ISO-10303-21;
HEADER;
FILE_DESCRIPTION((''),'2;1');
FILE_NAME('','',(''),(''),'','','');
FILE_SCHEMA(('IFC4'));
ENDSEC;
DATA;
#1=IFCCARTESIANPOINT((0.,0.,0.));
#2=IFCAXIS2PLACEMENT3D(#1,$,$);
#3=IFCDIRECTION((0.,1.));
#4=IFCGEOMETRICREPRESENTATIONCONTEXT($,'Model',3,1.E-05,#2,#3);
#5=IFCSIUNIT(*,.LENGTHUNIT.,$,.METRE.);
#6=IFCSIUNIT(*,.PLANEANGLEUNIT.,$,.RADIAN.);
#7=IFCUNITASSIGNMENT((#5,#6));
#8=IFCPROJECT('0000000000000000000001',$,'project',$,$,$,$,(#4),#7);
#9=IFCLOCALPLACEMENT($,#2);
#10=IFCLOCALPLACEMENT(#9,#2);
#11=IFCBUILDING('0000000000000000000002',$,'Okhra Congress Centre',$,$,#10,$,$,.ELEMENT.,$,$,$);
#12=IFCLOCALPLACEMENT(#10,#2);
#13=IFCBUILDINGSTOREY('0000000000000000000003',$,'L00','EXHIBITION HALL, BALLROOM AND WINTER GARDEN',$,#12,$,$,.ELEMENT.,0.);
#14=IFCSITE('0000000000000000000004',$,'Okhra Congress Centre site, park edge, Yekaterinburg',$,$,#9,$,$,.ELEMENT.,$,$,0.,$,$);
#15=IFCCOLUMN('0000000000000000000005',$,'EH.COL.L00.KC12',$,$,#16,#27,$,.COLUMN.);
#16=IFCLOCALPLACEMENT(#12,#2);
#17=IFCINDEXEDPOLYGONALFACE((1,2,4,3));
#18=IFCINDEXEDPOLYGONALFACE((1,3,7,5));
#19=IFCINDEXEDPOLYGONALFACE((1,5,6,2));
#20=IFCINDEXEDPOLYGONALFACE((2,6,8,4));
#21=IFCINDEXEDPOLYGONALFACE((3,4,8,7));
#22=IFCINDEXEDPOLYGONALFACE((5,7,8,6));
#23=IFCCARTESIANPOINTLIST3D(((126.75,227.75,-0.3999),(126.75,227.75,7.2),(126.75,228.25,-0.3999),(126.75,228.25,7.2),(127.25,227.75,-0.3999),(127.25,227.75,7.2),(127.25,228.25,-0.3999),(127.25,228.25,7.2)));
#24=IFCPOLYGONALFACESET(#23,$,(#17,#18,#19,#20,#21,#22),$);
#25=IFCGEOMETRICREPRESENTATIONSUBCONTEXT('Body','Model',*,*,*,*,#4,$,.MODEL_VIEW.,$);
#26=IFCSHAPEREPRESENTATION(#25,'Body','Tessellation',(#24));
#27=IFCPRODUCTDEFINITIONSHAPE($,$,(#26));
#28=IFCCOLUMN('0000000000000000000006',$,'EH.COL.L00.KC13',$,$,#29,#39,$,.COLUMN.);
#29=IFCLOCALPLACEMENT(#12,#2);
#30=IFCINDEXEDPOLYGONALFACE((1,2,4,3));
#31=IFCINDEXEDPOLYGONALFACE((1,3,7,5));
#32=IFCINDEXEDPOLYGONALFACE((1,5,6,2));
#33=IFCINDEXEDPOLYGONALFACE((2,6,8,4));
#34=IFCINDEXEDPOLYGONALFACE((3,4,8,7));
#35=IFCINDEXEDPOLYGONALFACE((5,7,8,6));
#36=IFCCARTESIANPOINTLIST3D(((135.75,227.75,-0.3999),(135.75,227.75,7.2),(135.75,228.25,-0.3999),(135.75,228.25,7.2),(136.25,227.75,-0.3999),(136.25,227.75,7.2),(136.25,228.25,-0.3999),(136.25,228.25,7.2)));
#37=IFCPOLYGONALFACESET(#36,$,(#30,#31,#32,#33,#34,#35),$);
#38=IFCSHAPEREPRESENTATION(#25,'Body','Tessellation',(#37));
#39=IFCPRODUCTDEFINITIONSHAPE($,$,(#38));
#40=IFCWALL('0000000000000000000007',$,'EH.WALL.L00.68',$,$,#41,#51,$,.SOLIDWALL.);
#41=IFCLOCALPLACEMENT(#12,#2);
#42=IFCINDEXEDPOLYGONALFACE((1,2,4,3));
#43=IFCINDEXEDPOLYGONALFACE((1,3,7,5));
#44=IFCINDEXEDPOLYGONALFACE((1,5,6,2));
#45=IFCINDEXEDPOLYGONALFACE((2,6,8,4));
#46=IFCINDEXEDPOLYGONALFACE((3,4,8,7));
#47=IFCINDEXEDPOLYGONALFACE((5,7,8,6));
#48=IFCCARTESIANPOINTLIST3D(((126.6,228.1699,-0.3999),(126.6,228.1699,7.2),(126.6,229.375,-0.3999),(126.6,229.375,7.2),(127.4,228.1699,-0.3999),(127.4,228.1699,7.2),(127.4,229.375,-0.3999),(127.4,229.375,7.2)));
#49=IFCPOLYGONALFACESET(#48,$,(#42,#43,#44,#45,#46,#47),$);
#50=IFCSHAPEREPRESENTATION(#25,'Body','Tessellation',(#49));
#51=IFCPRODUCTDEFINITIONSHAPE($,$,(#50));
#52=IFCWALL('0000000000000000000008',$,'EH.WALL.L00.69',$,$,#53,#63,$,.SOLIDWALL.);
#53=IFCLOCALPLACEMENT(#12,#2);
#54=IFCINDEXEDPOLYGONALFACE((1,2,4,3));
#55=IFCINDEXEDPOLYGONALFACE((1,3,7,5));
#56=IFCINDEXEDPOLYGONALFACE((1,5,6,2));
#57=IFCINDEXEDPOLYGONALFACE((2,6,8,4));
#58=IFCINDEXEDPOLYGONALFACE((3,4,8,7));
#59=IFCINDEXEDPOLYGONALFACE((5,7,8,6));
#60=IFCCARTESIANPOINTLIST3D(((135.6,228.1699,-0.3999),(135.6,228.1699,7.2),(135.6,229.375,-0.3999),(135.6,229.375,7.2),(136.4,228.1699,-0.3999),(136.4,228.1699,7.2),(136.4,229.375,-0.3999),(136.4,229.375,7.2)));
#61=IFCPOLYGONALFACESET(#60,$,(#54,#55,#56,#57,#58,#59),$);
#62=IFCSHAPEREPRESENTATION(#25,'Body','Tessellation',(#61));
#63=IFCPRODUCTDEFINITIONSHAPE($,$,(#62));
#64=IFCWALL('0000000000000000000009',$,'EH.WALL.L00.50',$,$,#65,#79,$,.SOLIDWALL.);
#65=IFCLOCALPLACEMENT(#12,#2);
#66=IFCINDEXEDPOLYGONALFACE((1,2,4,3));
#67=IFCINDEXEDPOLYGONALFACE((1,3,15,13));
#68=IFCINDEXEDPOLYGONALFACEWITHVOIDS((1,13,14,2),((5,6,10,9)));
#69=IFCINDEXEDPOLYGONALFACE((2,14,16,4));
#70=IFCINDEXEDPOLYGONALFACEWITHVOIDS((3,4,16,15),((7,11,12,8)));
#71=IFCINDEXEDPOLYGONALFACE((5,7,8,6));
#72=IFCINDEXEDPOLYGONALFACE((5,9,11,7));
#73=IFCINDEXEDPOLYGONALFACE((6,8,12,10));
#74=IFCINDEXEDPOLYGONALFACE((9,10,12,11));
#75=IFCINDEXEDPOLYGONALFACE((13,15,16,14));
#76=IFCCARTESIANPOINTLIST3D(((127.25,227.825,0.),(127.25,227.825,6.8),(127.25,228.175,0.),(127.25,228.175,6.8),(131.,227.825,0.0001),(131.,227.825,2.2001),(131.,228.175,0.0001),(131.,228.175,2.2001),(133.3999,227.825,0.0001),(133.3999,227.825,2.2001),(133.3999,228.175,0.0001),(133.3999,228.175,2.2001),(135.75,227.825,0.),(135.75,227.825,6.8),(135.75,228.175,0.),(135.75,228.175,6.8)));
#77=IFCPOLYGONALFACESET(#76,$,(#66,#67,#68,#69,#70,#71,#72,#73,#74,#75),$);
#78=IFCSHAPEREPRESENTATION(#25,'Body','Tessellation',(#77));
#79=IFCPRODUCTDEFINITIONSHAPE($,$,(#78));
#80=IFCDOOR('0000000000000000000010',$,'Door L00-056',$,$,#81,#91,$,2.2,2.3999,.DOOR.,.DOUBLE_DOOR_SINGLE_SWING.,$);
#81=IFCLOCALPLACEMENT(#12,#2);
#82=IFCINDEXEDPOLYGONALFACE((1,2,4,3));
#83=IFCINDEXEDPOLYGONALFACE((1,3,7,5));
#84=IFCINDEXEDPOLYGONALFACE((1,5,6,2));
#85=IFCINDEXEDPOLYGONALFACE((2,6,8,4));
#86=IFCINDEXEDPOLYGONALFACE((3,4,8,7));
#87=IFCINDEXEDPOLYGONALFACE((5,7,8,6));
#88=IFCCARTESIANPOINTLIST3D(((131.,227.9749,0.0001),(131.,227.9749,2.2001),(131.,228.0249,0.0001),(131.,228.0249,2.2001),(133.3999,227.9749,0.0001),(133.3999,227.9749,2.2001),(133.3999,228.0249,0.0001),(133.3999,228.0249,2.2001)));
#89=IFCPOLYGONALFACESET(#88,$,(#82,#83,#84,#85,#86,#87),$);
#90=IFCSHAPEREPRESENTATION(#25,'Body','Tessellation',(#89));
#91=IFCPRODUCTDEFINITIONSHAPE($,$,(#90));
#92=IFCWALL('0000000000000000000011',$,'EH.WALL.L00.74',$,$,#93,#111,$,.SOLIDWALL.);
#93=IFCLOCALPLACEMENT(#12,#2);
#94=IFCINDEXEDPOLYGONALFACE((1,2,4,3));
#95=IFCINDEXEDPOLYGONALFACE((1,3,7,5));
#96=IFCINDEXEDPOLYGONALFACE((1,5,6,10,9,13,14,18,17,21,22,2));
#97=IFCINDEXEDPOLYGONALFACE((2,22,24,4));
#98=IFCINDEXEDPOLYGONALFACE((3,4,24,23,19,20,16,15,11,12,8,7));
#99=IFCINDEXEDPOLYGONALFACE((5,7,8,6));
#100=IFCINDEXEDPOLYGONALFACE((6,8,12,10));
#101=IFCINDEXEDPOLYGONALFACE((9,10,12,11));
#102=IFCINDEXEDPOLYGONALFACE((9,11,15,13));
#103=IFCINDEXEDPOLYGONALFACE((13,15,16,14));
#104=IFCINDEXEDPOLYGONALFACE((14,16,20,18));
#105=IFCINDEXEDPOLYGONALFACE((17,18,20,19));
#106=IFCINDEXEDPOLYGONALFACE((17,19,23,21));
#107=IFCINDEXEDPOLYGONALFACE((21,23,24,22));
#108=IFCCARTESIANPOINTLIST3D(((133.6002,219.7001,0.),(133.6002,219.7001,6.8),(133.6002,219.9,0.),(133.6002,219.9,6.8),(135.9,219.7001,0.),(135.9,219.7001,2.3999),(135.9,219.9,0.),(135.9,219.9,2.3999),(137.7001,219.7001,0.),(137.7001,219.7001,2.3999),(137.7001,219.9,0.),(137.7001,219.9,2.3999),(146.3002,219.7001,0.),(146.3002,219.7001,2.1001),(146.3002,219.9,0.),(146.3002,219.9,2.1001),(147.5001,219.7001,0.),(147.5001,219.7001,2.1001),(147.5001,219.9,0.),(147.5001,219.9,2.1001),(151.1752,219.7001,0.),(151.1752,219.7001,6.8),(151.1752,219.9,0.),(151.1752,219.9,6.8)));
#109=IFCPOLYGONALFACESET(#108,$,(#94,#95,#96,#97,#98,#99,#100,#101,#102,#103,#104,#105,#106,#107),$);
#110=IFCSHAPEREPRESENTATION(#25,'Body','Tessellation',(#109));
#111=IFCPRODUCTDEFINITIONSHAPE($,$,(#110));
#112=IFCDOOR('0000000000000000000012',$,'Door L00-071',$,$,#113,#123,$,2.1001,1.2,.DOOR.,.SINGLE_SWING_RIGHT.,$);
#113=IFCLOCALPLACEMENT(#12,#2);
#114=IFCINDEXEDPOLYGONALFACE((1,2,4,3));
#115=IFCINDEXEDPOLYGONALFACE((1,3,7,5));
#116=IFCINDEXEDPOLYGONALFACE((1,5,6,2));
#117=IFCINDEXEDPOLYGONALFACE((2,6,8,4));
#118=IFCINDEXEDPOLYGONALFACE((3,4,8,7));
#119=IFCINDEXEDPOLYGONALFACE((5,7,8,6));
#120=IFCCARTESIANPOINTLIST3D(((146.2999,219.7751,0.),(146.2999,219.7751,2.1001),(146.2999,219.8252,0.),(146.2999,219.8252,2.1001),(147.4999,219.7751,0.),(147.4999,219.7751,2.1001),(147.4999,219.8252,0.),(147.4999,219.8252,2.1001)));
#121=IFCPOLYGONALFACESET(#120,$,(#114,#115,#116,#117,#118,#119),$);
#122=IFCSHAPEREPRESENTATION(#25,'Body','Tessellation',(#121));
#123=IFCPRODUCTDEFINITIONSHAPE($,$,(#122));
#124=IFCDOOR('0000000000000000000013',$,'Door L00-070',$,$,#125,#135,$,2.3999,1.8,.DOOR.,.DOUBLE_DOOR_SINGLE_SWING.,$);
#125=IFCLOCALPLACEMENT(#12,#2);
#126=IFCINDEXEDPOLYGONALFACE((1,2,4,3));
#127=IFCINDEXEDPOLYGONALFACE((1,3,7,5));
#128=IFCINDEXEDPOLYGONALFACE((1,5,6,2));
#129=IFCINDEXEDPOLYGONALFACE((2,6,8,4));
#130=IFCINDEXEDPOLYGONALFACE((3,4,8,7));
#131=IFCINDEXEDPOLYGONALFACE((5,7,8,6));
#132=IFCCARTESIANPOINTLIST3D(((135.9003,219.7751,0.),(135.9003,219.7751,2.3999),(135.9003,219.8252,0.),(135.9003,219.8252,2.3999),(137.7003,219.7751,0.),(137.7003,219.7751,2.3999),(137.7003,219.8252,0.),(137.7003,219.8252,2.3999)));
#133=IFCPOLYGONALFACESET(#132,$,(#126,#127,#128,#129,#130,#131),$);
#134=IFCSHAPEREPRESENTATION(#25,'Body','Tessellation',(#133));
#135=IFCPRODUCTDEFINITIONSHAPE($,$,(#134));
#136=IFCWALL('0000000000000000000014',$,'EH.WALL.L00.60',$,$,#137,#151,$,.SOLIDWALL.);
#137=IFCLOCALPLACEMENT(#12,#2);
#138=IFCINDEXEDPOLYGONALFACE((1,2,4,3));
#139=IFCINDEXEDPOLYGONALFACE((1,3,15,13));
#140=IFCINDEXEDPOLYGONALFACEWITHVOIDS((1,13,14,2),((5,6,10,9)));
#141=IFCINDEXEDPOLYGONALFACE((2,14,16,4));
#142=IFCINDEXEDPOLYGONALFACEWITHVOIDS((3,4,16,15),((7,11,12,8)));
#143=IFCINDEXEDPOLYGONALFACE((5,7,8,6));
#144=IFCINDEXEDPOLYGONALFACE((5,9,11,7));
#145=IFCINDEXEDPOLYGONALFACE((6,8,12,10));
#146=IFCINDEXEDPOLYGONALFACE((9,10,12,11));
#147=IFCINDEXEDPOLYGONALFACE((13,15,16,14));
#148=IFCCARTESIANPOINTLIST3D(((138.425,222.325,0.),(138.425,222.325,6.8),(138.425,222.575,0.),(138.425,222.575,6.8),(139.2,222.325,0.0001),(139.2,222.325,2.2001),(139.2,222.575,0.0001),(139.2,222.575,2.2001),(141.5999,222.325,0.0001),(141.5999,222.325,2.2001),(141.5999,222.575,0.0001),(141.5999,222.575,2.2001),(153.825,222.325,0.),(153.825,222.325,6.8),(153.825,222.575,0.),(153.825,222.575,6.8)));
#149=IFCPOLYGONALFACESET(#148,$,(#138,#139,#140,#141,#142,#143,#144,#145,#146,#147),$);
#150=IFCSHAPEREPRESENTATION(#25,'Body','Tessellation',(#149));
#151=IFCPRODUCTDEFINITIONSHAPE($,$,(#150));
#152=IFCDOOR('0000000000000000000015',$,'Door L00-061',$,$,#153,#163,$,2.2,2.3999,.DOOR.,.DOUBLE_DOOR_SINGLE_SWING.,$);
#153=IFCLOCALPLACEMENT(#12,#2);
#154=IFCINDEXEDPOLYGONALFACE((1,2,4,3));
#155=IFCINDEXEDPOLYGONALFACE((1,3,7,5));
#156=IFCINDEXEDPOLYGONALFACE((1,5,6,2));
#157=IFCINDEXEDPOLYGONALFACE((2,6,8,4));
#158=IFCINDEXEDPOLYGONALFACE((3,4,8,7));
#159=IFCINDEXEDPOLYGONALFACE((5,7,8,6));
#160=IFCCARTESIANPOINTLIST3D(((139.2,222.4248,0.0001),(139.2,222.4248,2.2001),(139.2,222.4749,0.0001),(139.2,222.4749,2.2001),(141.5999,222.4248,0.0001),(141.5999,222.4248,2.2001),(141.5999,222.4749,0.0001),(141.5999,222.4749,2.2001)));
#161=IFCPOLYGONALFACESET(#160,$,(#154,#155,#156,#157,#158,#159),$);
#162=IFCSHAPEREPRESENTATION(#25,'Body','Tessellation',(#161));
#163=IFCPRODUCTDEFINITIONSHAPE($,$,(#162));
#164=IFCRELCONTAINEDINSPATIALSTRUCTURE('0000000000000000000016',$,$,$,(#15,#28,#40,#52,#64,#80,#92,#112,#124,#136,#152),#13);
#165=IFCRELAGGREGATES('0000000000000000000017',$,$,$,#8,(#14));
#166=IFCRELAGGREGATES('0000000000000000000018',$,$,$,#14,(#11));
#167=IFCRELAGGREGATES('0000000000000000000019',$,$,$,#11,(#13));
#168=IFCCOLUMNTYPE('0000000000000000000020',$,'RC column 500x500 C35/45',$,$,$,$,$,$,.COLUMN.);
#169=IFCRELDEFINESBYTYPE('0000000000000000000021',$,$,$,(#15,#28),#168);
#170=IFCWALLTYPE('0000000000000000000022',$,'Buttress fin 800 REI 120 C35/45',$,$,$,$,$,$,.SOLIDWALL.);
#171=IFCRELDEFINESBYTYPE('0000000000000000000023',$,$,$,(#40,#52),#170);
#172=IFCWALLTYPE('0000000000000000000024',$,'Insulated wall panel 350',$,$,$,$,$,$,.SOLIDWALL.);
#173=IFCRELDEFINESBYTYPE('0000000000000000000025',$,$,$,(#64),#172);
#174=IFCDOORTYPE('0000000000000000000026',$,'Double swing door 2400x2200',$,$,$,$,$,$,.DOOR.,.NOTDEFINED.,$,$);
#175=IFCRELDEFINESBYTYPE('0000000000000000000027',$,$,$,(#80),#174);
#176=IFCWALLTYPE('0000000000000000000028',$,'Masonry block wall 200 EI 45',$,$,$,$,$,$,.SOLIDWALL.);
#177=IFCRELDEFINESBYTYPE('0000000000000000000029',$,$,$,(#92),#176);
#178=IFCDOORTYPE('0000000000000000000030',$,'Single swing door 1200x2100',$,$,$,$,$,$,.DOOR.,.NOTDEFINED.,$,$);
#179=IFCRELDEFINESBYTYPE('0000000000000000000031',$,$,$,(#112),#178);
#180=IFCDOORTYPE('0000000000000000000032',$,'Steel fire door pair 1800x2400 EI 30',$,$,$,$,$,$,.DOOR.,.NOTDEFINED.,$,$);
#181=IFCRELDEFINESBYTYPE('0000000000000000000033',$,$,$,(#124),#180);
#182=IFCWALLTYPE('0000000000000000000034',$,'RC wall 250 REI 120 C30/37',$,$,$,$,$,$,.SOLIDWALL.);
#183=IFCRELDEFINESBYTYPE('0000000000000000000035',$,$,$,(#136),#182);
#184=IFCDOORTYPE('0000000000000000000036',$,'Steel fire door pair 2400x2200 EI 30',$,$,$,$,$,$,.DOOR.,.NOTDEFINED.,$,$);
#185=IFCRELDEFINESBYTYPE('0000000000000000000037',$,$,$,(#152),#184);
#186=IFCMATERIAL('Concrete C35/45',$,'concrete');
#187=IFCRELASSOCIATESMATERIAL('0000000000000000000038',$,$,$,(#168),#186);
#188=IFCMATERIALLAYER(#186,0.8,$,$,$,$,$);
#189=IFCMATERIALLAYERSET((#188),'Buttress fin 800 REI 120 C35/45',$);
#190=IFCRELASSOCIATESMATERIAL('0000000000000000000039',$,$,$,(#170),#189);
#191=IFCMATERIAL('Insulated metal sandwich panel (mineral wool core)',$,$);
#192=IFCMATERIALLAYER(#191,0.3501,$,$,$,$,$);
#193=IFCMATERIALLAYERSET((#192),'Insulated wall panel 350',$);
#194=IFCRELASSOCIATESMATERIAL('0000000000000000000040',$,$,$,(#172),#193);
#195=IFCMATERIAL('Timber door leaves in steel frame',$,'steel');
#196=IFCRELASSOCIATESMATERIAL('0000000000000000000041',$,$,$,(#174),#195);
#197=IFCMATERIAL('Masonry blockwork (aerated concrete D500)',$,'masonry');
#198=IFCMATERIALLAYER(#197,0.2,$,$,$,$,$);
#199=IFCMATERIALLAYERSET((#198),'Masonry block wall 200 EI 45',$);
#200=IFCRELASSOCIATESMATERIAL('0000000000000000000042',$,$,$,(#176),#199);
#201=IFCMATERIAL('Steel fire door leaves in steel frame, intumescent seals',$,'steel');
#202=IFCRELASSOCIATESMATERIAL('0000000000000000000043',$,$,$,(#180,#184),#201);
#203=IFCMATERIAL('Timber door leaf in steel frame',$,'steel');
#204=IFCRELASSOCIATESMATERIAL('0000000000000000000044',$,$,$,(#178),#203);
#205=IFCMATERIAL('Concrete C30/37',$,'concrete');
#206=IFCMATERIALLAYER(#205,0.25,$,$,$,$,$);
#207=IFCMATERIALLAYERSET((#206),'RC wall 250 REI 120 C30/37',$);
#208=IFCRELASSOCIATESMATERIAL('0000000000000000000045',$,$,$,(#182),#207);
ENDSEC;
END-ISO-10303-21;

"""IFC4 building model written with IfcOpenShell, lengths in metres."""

from ifc_helpers import new_model, si_unit, direction, frame, frame_2d, origin, origin_2d, place, context, subcontext, project, spatial, rectangle, extrude, material, layer, layer_set, material_profile, profile_set, type_object, element, fill, save


model = new_model("IFC4")

# Units and contexts
model_context = context("Model", 3, precision=1e-05, world=origin(), true_north=direction((0.0, 1.0)))
body_context = subcontext(model_context, "Body", "Model", "MODEL_VIEW")
ifc_project = project(units=[si_unit("LENGTHUNIT", "METRE"), si_unit("PLANEANGLEUNIT", "RADIAN")], contexts=[model_context])

# Site, building, storey
site_placement = place(None, origin())
site = spatial("IfcSite", under=ifc_project, at=site_placement, Name="Okhra Congress Centre site, park edge, Yekaterinburg", CompositionType="ELEMENT", RefElevation=0.0)
building_placement = place(site_placement, origin())
building = spatial("IfcBuilding", under=site, at=building_placement, Name="Okhra Congress Centre", CompositionType="ELEMENT")
storey_placement = place(building_placement, origin())
storey = spatial("IfcBuildingStorey", under=building, at=storey_placement, Name="L00", Description="EXHIBITION HALL, BALLROOM AND WINTER GARDEN", CompositionType="ELEMENT", Elevation=0.0)

# Shared definitions
ifc_material_1 = material(Name="Concrete C30/37", Category="concrete")

# Columns
ifc_material_2 = material(Name="Concrete C35/45", Category="concrete")
ifc_material_profile_1 = material_profile(ifc_material_2, rectangle(XDim=0.5, YDim=0.5, at=origin_2d()), Name="RC 500x500")
ifc_profile_set_1 = profile_set([ifc_material_profile_1], Name="Concrete C35/45")
column_type = type_object("IfcColumnType", Name="RC column 500x500 C35/45", PredefinedType="COLUMN", material=ifc_profile_set_1)
for number, where, z_axis, x_axis, name in (
    (1, (127.0, 228.0, -0.3999), (0.0, 0.0, 1.0), (1.0, 0.0, 0.0), "EH.COL.L00.KC12"),
    (2, (136.0, 228.0, -0.3999), (0.0, 0.0, 1.0), (1.0, 0.0, 0.0), "EH.COL.L00.KC13"),
):
    element("IfcColumn", number, at=place(storey_placement, frame(where, z_axis=z_axis, x_axis=x_axis)), inside=storey, type_object=column_type, Name=name, PredefinedType="COLUMN", context=body_context, shape_type="SweptSolid", body=[
        extrude(rectangle(XDim=0.5, YDim=0.5, at=origin_2d()), origin(), (0.0, 0.0, 1.0), 7.5999),
    ])

# Walls
ifc_layer_1 = layer(ifc_material_2, 0.8)
ifc_layer_set_1 = layer_set([ifc_layer_1], Name="Buttress fin 800 REI 120 C35/45")
wall_type_1 = type_object("IfcWallType", Name="Buttress fin 800 REI 120 C35/45", PredefinedType="SOLIDWALL", material=ifc_layer_set_1)
for number, where, z_axis, x_axis, name in (
    (3, (127.0, 228.1699, -0.3999), (0.0, 0.0, 1.0), (0.0, 1.0, 0.0), "EH.WALL.L00.68"),
    (4, (136.0, 228.1699, -0.3999), (0.0, 0.0, 1.0), (0.0, 1.0, 0.0), "EH.WALL.L00.69"),
):
    element("IfcWall", number, at=place(storey_placement, frame(where, z_axis=z_axis, x_axis=x_axis)), inside=storey, type_object=wall_type_1, Name=name, PredefinedType="SOLIDWALL", context=body_context, shape_type="SweptSolid", body=[
        extrude(rectangle(XDim=1.2051, YDim=0.8, at=frame_2d((0.6025, 0.0))), origin(), (0.0, 0.0, 1.0), 7.5999),
    ])

# Wall, opening, door
ifc_material_3 = material(Name="Insulated metal sandwich panel (mineral wool core)")
ifc_layer_2 = layer(ifc_material_3, 0.3501)
ifc_layer_set_2 = layer_set([ifc_layer_2], Name="Insulated wall panel 350")
wall_type_2 = type_object("IfcWallType", Name="Insulated wall panel 350", PredefinedType="SOLIDWALL", material=ifc_layer_set_2)
wall_1_placement = place(storey_placement, frame((127.25, 228.0, 0.0), z_axis=(0.0, 0.0, 1.0), x_axis=(1.0, 0.0, 0.0)))
wall_1 = element("IfcWall", 5, at=wall_1_placement, inside=storey, type_object=wall_type_2, Name="EH.WALL.L00.50", PredefinedType="SOLIDWALL", context=body_context, shape_type="SweptSolid", body=[
    extrude(rectangle(XDim=8.5, YDim=0.3501, at=frame_2d((4.25, 0.0))), origin(), (0.0, 0.0, 1.0), 6.8),
])
opening_1_placement = place(wall_1_placement, frame((3.75, 0.0, 0.0)))
opening_1 = element("IfcOpeningElement", 6, at=opening_1_placement, cuts=wall_1, PredefinedType="OPENING", context=body_context, shape_type="SweptSolid", body=[
    extrude(rectangle(XDim=2.3999, YDim=2.2, at=frame_2d((1.2, 1.1001))), frame((0.0, 0.1851, 0.0), z_axis=(0.0, -1.0, 0.0), x_axis=(1.0, 0.0, 0.0)), (0.0, 0.0, 1.0), 0.3701),
])
ifc_material_4 = material(Name="Timber door leaves in steel frame", Category="steel")
door_type_1 = type_object("IfcDoorType", Name="Double swing door 2400x2200", OperationType="NOTDEFINED", PredefinedType="DOOR", material=ifc_material_4)
door_1_placement = place(opening_1_placement, origin())
door_1 = element("IfcDoor", 7, at=door_1_placement, inside=storey, type_object=door_type_1, Name="Door L00-056", OperationType="DOUBLE_DOOR_SINGLE_SWING", OverallHeight=2.2, OverallWidth=2.3999, PredefinedType="DOOR", context=body_context, shape_type="SweptSolid", body=[
    extrude(rectangle(XDim=2.3999, YDim=2.2, at=frame_2d((1.2, 1.1001))), frame((0.0, 0.0249, 0.0), z_axis=(0.0, -1.0, 0.0), x_axis=(1.0, 0.0, 0.0)), (0.0, 0.0, 1.0), 0.05),
])
fill(opening_1, door_1)
ifc_material_5 = material(Name="Masonry blockwork (aerated concrete D500)", Category="masonry")
ifc_layer_3 = layer(ifc_material_5, 0.2)
ifc_layer_set_3 = layer_set([ifc_layer_3], Name="Masonry block wall 200 EI 45")
wall_type_3 = type_object("IfcWallType", Name="Masonry block wall 200 EI 45", PredefinedType="SOLIDWALL", material=ifc_layer_set_3)
ifc_material_6 = material(Name="Steel fire door leaves in steel frame, intumescent seals", Category="steel")
door_type_2 = type_object("IfcDoorType", Name="Steel fire door pair 1800x2400 EI 30", OperationType="NOTDEFINED", PredefinedType="DOOR", material=ifc_material_6)

# Wall, openings, doors
wall_2_placement = place(storey_placement, frame((133.6001, 219.8, 0.0), z_axis=(0.0, 0.0, 1.0), x_axis=(1.0, 0.0, 0.0)))
wall_2 = element("IfcWall", 8, at=wall_2_placement, inside=storey, type_object=wall_type_3, Name="EH.WALL.L00.74", PredefinedType="SOLIDWALL", context=body_context, shape_type="SweptSolid", body=[
    extrude(rectangle(XDim=17.575, YDim=0.2, at=frame_2d((8.7876, 0.0))), origin(), (0.0, 0.0, 1.0), 6.8),
])
opening_2_placement = place(wall_2_placement, frame((2.3, 0.0, 0.0)))
opening_2 = element("IfcOpeningElement", 9, at=opening_2_placement, cuts=wall_2, PredefinedType="OPENING", context=body_context, shape_type="SweptSolid", body=[
    extrude(rectangle(XDim=1.8, YDim=2.3999, at=frame_2d((0.8999, 1.2))), frame((0.0, 0.1099, 0.0), z_axis=(0.0, -1.0, 0.0), x_axis=(1.0, 0.0, 0.0)), (0.0, 0.0, 1.0), 0.22),
])
opening_3_placement = place(wall_2_placement, frame((12.7, 0.0, 0.0)))
opening_3 = element("IfcOpeningElement", 10, at=opening_3_placement, cuts=wall_2, PredefinedType="OPENING", context=body_context, shape_type="SweptSolid", body=[
    extrude(rectangle(XDim=1.2, YDim=2.1001, at=frame_2d((0.6001, 1.05))), frame((0.0, 0.1099, 0.0), z_axis=(0.0, -1.0, 0.0), x_axis=(1.0, 0.0, 0.0)), (0.0, 0.0, 1.0), 0.22),
])
ifc_material_7 = material(Name="Timber door leaf in steel frame", Category="steel")
door_type_3 = type_object("IfcDoorType", Name="Single swing door 1200x2100", OperationType="NOTDEFINED", PredefinedType="DOOR", material=ifc_material_7)
door_2_placement = place(opening_3_placement, frame((1.2, 0.0, 0.0), z_axis=(0.0, 0.0, 1.0), x_axis=(-1.0, 0.0, 0.0)))
door_2 = element("IfcDoor", 11, at=door_2_placement, inside=storey, type_object=door_type_3, Name="Door L00-071", OperationType="SINGLE_SWING_RIGHT", OverallHeight=2.1001, OverallWidth=1.2, PredefinedType="DOOR", context=body_context, shape_type="SweptSolid", body=[
    extrude(rectangle(XDim=1.2, YDim=2.1001, at=frame_2d((0.6001, 1.05))), frame((0.0, 0.0249, 0.0), z_axis=(0.0, -1.0, 0.0), x_axis=(1.0, 0.0, 0.0)), (0.0, 0.0, 1.0), 0.05),
])
fill(opening_3, door_2)
door_3_placement = place(opening_2_placement, frame((1.8, 0.0, 0.0), z_axis=(0.0, 0.0, 1.0), x_axis=(-1.0, 0.0, 0.0)))
door_3 = element("IfcDoor", 12, at=door_3_placement, inside=storey, type_object=door_type_2, Name="Door L00-070", OperationType="DOUBLE_DOOR_SINGLE_SWING", OverallHeight=2.3999, OverallWidth=1.8, PredefinedType="DOOR", context=body_context, shape_type="SweptSolid", body=[
    extrude(rectangle(XDim=1.8, YDim=2.3999, at=frame_2d((0.8999, 1.2))), frame((0.0, 0.0249, 0.0), z_axis=(0.0, -1.0, 0.0), x_axis=(1.0, 0.0, 0.0)), (0.0, 0.0, 1.0), 0.05),
])
fill(opening_2, door_3)

# Wall, opening, door
ifc_layer_4 = layer(ifc_material_1, 0.25)
ifc_layer_set_4 = layer_set([ifc_layer_4], Name="RC wall 250 REI 120 C30/37")
wall_type_4 = type_object("IfcWallType", Name="RC wall 250 REI 120 C30/37", PredefinedType="SOLIDWALL", material=ifc_layer_set_4)
wall_3_placement = place(storey_placement, frame((138.425, 222.45, 0.0), z_axis=(0.0, 0.0, 1.0), x_axis=(1.0, 0.0, 0.0)))
wall_3 = element("IfcWall", 13, at=wall_3_placement, inside=storey, type_object=wall_type_4, Name="EH.WALL.L00.60", PredefinedType="SOLIDWALL", context=body_context, shape_type="SweptSolid", body=[
    extrude(rectangle(XDim=15.3999, YDim=0.25, at=frame_2d((7.7, 0.0))), origin(), (0.0, 0.0, 1.0), 6.8),
])
opening_4_placement = place(wall_3_placement, frame((0.7749, 0.0, 0.0)))
opening_4 = element("IfcOpeningElement", 14, at=opening_4_placement, cuts=wall_3, PredefinedType="OPENING", context=body_context, shape_type="SweptSolid", body=[
    extrude(rectangle(XDim=2.3999, YDim=2.2, at=frame_2d((1.2, 1.1001))), frame((0.0, 0.135, 0.0), z_axis=(0.0, -1.0, 0.0), x_axis=(1.0, 0.0, 0.0)), (0.0, 0.0, 1.0), 0.27),
])
door_type_4 = type_object("IfcDoorType", Name="Steel fire door pair 2400x2200 EI 30", OperationType="NOTDEFINED", PredefinedType="DOOR", material=ifc_material_6)
door_4_placement = place(opening_4_placement, origin())
door_4 = element("IfcDoor", 15, at=door_4_placement, inside=storey, type_object=door_type_4, Name="Door L00-061", OperationType="DOUBLE_DOOR_SINGLE_SWING", OverallHeight=2.2, OverallWidth=2.3999, PredefinedType="DOOR", context=body_context, shape_type="SweptSolid", body=[
    extrude(rectangle(XDim=2.3999, YDim=2.2, at=frame_2d((1.2, 1.1001))), frame((0.0, 0.0249, 0.0), z_axis=(0.0, -1.0, 0.0), x_axis=(1.0, 0.0, 0.0)), (0.0, 0.0, 1.0), 0.05),
])
fill(opening_4, door_4)

save(model, "model.ifc")
